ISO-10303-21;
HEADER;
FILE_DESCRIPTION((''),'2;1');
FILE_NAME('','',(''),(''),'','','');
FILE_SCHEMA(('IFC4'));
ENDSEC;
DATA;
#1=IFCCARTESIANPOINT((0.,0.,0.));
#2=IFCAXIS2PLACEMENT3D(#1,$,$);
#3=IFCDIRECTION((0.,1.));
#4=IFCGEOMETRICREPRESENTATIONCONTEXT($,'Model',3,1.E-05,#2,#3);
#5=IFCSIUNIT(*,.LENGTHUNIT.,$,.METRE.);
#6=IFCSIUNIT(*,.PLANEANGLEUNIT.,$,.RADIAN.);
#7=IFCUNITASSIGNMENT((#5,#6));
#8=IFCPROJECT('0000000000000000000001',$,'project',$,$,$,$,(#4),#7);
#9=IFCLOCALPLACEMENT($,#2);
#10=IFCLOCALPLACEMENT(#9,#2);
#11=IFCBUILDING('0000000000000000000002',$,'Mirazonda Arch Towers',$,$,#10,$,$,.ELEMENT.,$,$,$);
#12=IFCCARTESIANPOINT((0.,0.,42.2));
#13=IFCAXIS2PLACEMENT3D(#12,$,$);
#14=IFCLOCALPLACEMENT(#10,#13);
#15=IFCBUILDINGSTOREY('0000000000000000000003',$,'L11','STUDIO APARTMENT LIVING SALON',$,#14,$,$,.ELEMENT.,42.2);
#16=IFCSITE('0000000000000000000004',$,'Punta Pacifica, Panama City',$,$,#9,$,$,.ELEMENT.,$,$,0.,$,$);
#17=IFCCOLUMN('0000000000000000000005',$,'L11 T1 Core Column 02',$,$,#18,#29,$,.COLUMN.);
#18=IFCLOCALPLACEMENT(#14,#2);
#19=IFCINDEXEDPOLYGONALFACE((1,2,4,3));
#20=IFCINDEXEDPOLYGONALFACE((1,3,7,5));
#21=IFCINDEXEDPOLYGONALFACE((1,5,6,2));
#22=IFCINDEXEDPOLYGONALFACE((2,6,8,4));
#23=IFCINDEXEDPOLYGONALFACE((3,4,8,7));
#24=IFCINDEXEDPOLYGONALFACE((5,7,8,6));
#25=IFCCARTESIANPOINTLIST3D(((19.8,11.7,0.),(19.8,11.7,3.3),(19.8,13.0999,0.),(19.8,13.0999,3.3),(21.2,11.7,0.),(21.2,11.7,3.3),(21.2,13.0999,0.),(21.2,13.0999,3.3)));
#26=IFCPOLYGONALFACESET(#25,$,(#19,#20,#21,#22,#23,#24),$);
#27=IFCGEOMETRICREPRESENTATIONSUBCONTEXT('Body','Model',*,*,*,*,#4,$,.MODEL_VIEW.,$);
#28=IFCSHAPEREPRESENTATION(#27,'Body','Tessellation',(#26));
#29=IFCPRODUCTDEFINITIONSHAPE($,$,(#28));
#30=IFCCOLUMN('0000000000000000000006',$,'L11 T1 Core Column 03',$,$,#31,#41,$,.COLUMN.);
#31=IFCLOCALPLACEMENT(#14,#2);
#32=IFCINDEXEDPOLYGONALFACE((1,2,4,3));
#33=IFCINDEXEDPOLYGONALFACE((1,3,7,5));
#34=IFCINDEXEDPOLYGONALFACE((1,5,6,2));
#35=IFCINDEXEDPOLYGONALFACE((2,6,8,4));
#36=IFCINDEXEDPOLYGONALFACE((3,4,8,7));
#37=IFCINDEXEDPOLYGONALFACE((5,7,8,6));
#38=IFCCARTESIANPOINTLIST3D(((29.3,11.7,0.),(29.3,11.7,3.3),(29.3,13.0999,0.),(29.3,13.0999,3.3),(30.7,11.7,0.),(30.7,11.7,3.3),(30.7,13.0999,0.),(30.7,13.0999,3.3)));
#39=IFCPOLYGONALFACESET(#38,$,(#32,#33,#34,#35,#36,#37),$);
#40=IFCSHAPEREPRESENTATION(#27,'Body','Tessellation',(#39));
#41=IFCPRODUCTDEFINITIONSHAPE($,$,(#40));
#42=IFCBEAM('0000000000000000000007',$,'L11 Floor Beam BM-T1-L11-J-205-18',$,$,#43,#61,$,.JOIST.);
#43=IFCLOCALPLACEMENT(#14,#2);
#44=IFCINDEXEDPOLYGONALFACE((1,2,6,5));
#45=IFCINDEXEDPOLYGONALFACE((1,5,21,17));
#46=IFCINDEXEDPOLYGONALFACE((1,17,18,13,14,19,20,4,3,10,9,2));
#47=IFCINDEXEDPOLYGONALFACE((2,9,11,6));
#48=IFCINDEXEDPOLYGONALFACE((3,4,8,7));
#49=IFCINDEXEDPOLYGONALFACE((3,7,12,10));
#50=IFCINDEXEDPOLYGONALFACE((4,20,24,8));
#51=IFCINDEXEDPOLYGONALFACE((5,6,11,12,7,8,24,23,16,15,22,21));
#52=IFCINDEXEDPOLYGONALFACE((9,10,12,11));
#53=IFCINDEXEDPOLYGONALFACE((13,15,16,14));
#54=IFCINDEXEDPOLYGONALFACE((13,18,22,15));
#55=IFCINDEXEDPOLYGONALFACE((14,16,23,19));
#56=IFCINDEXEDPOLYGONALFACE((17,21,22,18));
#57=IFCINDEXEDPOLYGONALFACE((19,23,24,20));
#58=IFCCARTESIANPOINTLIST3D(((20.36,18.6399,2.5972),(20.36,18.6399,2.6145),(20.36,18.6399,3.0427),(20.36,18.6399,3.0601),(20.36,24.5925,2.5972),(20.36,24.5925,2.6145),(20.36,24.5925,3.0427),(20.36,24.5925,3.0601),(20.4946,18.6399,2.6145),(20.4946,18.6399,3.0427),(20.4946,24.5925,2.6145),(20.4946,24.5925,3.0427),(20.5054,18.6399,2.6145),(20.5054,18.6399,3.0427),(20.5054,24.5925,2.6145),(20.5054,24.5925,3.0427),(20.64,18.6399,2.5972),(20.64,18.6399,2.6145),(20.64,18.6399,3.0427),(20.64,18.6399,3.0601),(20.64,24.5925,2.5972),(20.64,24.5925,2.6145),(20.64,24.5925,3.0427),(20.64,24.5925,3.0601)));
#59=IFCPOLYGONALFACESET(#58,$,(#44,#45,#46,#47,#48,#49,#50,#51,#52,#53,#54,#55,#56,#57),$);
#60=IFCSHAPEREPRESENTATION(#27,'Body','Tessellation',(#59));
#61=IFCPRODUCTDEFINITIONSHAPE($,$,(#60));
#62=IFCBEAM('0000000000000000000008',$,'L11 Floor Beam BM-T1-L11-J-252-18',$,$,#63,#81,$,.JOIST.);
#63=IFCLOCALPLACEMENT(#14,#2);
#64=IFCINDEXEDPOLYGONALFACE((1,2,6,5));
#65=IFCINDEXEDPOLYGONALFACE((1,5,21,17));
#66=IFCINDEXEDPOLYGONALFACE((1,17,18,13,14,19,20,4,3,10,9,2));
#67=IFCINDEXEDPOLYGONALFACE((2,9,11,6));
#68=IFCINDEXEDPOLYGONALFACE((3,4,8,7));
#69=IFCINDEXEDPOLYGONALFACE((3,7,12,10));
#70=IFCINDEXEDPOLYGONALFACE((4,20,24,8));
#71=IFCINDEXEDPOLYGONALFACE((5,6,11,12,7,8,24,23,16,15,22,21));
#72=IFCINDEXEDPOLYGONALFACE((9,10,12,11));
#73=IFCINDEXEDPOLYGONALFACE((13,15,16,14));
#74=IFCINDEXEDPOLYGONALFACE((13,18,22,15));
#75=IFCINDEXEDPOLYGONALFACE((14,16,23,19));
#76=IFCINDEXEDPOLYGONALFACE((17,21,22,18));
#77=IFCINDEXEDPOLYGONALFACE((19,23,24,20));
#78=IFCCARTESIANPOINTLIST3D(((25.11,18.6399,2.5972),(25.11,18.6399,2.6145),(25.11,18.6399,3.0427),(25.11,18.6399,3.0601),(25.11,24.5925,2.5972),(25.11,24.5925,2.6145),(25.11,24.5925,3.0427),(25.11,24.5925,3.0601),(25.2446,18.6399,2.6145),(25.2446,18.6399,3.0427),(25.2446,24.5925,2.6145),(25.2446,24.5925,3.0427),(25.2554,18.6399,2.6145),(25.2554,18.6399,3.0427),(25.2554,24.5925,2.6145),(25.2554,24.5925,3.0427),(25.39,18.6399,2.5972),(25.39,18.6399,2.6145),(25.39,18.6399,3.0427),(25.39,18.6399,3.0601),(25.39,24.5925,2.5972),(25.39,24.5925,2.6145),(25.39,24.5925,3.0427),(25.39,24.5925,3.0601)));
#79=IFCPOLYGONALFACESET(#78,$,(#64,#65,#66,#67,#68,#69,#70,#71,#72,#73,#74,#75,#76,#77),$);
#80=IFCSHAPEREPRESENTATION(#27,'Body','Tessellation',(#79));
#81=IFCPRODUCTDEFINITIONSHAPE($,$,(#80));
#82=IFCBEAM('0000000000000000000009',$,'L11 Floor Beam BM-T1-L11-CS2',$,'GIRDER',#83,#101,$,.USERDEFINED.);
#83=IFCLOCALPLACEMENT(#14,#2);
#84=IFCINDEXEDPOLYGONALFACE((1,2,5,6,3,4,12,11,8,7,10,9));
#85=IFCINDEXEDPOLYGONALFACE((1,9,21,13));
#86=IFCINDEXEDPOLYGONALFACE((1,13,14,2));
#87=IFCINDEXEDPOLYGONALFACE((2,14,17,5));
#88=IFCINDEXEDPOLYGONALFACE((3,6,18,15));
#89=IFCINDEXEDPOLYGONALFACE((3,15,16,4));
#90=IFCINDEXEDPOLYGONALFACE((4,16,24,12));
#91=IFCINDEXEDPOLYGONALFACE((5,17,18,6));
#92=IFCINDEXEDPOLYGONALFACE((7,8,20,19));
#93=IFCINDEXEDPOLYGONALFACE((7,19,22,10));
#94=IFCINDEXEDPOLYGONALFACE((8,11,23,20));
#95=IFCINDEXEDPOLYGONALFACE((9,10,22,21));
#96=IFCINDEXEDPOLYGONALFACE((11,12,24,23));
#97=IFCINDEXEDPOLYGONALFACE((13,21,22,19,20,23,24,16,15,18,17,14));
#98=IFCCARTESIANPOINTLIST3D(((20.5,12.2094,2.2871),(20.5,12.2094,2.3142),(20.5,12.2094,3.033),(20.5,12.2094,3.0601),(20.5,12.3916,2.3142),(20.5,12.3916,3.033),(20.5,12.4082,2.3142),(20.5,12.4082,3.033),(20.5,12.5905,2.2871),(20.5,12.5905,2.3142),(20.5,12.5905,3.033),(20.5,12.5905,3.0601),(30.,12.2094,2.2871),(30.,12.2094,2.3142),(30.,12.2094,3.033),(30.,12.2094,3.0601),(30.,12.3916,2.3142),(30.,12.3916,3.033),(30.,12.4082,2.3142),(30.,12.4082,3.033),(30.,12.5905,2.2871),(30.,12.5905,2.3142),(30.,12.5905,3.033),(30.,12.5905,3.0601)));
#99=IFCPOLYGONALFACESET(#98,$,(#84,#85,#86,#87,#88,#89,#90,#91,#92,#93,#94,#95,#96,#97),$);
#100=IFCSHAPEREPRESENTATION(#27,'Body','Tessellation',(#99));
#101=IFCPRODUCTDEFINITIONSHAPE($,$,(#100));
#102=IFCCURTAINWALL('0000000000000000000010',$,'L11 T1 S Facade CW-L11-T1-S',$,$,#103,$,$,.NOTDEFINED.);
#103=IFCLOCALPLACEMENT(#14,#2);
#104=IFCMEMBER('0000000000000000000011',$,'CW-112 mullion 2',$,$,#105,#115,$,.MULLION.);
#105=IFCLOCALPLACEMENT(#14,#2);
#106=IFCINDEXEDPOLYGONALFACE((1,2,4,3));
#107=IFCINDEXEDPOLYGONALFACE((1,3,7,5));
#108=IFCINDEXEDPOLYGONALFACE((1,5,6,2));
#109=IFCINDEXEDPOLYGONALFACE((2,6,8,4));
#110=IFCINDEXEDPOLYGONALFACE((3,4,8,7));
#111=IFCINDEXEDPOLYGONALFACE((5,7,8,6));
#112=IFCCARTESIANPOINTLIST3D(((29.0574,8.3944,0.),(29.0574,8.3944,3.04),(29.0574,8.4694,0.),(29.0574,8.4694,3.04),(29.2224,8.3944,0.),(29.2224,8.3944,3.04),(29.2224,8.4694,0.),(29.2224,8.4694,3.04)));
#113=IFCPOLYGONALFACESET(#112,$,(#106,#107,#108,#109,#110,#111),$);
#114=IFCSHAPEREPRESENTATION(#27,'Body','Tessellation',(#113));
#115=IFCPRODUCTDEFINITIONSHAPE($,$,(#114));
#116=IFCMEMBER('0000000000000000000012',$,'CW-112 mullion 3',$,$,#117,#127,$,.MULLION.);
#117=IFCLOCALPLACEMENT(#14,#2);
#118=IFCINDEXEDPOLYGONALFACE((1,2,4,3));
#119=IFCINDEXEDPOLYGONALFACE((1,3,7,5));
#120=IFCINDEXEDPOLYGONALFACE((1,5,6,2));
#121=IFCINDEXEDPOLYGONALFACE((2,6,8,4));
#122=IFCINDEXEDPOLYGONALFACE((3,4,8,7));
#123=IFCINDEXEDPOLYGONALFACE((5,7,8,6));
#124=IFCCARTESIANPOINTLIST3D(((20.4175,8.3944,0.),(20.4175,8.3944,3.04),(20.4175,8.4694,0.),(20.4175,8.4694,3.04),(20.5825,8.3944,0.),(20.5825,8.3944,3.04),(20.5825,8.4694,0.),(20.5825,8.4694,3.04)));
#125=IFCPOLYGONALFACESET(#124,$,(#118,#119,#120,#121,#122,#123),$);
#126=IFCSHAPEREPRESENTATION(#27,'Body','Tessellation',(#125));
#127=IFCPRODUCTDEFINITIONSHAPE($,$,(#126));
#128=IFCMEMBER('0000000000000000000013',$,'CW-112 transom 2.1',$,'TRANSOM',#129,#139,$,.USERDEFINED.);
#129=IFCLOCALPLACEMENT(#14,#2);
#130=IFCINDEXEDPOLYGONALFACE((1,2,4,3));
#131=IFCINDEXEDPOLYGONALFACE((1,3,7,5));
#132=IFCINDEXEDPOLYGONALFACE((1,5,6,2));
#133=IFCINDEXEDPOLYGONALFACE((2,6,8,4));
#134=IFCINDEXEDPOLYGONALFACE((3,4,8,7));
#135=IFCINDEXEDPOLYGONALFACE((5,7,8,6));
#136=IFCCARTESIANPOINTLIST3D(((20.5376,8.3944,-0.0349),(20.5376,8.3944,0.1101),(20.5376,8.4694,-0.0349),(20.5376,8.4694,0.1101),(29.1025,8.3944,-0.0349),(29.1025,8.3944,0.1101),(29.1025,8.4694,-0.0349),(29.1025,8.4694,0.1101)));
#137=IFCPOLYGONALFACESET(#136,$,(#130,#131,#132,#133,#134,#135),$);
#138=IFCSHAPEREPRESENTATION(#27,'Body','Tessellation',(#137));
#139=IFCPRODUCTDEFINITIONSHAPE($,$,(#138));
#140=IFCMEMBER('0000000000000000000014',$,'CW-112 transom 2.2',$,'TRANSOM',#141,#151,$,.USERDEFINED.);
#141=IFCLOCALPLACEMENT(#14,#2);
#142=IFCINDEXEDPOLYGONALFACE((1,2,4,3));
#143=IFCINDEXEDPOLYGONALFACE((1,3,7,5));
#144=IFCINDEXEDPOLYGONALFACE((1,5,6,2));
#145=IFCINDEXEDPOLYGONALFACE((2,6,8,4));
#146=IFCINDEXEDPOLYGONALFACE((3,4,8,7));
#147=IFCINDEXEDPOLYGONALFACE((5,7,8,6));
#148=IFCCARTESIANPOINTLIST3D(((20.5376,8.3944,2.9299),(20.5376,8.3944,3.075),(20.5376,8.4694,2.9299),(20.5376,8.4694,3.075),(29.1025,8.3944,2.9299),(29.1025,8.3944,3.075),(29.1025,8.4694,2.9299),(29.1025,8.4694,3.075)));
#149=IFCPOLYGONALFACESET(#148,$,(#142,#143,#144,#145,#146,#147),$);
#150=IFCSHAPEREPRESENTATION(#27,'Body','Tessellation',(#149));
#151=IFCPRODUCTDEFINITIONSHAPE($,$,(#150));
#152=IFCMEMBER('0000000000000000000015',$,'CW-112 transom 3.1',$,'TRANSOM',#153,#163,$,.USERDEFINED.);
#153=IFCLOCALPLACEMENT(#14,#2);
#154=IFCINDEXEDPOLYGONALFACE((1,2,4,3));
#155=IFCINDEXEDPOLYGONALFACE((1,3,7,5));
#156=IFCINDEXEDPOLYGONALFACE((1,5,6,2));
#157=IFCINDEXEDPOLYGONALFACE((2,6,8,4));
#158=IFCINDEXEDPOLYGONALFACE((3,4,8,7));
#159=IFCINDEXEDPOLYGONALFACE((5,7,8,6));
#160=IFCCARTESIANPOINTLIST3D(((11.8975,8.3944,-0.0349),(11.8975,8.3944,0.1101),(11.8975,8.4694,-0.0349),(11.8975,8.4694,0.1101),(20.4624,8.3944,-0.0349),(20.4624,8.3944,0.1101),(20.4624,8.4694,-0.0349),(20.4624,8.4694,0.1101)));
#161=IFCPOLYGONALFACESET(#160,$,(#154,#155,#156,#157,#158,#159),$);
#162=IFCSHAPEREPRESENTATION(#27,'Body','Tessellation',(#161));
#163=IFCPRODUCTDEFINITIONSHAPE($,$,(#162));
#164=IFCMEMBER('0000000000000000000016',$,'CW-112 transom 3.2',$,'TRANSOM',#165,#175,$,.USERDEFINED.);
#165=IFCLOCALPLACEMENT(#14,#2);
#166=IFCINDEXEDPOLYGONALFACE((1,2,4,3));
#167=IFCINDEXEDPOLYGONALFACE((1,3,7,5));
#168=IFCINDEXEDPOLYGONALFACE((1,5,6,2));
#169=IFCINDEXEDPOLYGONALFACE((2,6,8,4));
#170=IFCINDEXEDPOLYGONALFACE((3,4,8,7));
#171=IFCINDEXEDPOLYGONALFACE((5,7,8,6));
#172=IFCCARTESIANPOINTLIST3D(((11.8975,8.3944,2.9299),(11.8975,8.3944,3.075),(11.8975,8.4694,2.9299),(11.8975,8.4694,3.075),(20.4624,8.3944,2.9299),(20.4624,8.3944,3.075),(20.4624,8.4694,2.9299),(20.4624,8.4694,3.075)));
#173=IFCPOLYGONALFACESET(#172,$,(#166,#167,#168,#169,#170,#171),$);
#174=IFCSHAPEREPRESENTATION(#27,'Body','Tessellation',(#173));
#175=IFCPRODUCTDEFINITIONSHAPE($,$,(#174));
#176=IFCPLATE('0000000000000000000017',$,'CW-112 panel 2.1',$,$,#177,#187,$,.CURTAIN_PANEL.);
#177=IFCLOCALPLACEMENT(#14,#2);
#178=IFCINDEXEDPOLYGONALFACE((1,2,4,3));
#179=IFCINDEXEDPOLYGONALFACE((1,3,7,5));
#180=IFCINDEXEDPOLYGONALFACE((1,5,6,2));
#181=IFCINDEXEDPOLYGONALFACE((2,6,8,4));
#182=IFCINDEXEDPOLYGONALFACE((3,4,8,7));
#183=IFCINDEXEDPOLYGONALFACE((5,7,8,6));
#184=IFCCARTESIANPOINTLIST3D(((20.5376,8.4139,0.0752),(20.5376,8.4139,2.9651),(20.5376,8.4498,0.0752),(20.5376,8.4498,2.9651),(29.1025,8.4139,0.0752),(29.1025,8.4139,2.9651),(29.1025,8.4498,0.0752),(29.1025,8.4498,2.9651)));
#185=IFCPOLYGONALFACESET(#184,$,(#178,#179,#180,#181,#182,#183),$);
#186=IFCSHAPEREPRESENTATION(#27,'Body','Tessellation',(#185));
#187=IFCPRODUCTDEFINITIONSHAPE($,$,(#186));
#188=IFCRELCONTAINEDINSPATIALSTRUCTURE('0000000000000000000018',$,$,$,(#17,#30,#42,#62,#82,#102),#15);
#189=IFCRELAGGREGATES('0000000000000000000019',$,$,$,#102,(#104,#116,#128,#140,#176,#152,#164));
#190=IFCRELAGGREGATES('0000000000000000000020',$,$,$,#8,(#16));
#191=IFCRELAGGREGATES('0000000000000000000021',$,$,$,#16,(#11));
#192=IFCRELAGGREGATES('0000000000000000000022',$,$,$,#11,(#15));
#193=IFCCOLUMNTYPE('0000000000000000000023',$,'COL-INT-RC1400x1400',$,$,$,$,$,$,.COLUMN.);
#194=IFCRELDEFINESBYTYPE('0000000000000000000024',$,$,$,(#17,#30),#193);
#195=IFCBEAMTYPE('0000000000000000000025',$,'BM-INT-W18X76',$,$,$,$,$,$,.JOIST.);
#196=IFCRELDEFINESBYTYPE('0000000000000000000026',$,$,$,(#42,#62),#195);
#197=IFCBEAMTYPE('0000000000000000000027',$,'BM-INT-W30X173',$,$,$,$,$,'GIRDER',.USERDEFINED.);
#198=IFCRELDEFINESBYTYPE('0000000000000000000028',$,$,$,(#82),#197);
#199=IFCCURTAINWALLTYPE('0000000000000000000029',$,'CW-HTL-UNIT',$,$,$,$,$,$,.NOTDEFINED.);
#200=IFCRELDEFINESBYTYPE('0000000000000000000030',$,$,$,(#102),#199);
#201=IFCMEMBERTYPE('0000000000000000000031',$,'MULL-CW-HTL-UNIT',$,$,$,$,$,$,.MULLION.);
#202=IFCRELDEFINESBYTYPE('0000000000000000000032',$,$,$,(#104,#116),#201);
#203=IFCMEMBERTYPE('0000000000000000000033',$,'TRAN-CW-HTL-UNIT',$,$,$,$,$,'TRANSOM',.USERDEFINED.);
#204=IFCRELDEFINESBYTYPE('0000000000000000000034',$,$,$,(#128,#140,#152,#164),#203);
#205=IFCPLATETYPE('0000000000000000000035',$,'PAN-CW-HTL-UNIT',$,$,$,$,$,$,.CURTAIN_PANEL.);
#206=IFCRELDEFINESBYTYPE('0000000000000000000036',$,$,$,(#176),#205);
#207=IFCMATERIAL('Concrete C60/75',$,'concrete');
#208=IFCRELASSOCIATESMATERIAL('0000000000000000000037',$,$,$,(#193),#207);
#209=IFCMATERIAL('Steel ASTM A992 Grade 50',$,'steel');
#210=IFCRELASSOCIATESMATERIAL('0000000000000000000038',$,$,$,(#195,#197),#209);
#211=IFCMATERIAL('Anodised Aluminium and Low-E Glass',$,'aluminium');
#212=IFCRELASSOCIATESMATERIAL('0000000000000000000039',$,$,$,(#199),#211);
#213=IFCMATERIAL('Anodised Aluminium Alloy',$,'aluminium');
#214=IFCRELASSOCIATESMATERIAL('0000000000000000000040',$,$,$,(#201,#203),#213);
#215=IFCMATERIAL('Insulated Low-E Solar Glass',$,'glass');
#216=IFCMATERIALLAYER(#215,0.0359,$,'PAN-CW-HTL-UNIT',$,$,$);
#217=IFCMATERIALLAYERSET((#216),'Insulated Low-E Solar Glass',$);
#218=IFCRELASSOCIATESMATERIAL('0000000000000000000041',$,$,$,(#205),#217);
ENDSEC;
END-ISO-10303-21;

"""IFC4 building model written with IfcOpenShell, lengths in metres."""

from ifc_helpers import new_model, si_unit, direction, frame, origin, origin_2d, place, context, subcontext, project, spatial, rectangle, i_section, extrude, material, layer, layer_set, material_profile, profile_set, type_object, element, aggregate, save


model = new_model("IFC4")

# Units and contexts
model_context = context("Model", 3, precision=1e-05, world=origin(), true_north=direction((0.0, 1.0)))
body_context = subcontext(model_context, "Body", "Model", "MODEL_VIEW")
ifc_project = project(units=[si_unit("LENGTHUNIT", "METRE"), si_unit("PLANEANGLEUNIT", "RADIAN")], contexts=[model_context])

# Site, building, storey
site_placement = place(None, origin())
site = spatial("IfcSite", under=ifc_project, at=site_placement, Name="Punta Pacifica, Panama City", CompositionType="ELEMENT", RefElevation=0.0)
building_placement = place(site_placement, origin())
building = spatial("IfcBuilding", under=site, at=building_placement, Name="Mirazonda Arch Towers", CompositionType="ELEMENT")
storey_placement = place(building_placement, frame((0.0, 0.0, 42.2)))
storey = spatial("IfcBuildingStorey", under=building, at=storey_placement, Name="L11", Description="STUDIO APARTMENT LIVING SALON", CompositionType="ELEMENT", Elevation=42.2)

# Columns
ifc_material_1 = material(Name="Concrete C60/75", Category="concrete")
ifc_material_profile_1 = material_profile(ifc_material_1, rectangle(XDim=1.3999, YDim=1.3999, at=origin_2d()), Name="RC1400x1400")
ifc_profile_set_1 = profile_set([ifc_material_profile_1], Name="Concrete C60/75")
column_type = type_object("IfcColumnType", Name="COL-INT-RC1400x1400", PredefinedType="COLUMN", material=ifc_profile_set_1)
for number, where, z_axis, x_axis, name in (
    (1, (20.5, 12.3999, 0.0), (0.0, 0.0, 1.0), (1.0, 0.0, 0.0), "L11 T1 Core Column 02"),
    (2, (30.0, 12.3999, 0.0), (0.0, 0.0, 1.0), (1.0, 0.0, 0.0), "L11 T1 Core Column 03"),
):
    element("IfcColumn", number, at=place(storey_placement, frame(where, z_axis=z_axis, x_axis=x_axis)), inside=storey, type_object=column_type, Name=name, PredefinedType="COLUMN", context=body_context, shape_type="SweptSolid", body=[
        extrude(rectangle(XDim=1.3999, YDim=1.3999, at=origin_2d()), origin(), (0.0, 0.0, 1.0), 3.3),
    ])

# Beams
ifc_material_2 = material(Name="Steel ASTM A992 Grade 50", Category="steel")
ifc_material_profile_2 = material_profile(ifc_material_2, i_section(OverallWidth=0.28, OverallDepth=0.4629, WebThickness=0.0107, FlangeThickness=0.0173, at=origin_2d()), Name="W18X76")
ifc_profile_set_2 = profile_set([ifc_material_profile_2], Name="Steel ASTM A992 Grade 50")
beam_type_1 = type_object("IfcBeamType", Name="BM-INT-W18X76", PredefinedType="JOIST", material=ifc_profile_set_2)
for number, where, z_axis, x_axis, name in (
    (3, (20.5, 18.6399, 2.8286), (0.0, 1.0, 0.0), (-1.0, 0.0, 0.0), "L11 Floor Beam BM-T1-L11-J-205-18"),
    (4, (25.25, 18.6399, 2.8286), (0.0, 1.0, 0.0), (-1.0, 0.0, 0.0), "L11 Floor Beam BM-T1-L11-J-252-18"),
):
    element("IfcBeam", number, at=place(storey_placement, frame(where, z_axis=z_axis, x_axis=x_axis)), inside=storey, type_object=beam_type_1, Name=name, PredefinedType="JOIST", context=body_context, shape_type="SweptSolid", body=[
        extrude(i_section(OverallWidth=0.28, OverallDepth=0.4629, WebThickness=0.0107, FlangeThickness=0.0173, at=origin_2d()), origin(), (0.0, 0.0, 1.0), 5.9526),
    ])
ifc_material_profile_3 = material_profile(ifc_material_2, i_section(OverallWidth=0.3811, OverallDepth=0.7729, WebThickness=0.0166, FlangeThickness=0.0271, at=origin_2d()), Name="W30X173")
ifc_profile_set_3 = profile_set([ifc_material_profile_3], Name="Steel ASTM A992 Grade 50")
beam_type_2 = type_object("IfcBeamType", Name="BM-INT-W30X173", ElementType="GIRDER", PredefinedType="USERDEFINED", material=ifc_profile_set_3)
beam_placement = place(storey_placement, frame((20.5, 12.3999, 2.6736), z_axis=(1.0, 0.0, 0.0), x_axis=(0.0, 1.0, 0.0)))
element("IfcBeam", 5, at=beam_placement, inside=storey, type_object=beam_type_2, Name="L11 Floor Beam BM-T1-L11-CS2", ObjectType="GIRDER", PredefinedType="USERDEFINED", context=body_context, shape_type="SweptSolid", body=[
    extrude(i_section(OverallWidth=0.3811, OverallDepth=0.7729, WebThickness=0.0166, FlangeThickness=0.0271, at=origin_2d()), origin(), (0.0, 0.0, 1.0), 9.5),
])

# Curtain wall, members, plate
ifc_material_3 = material(Name="Anodised Aluminium and Low-E Glass", Category="aluminium")
curtain_wall_type = type_object("IfcCurtainWallType", Name="CW-HTL-UNIT", PredefinedType="NOTDEFINED", material=ifc_material_3)
curtain_wall_placement = place(storey_placement, origin())
curtain_wall = element("IfcCurtainWall", 6, at=curtain_wall_placement, inside=storey, type_object=curtain_wall_type, Name="L11 T1 S Facade CW-L11-T1-S", PredefinedType="NOTDEFINED")
ifc_material_4 = material(Name="Anodised Aluminium Alloy", Category="aluminium")
ifc_material_profile_4 = material_profile(ifc_material_4, rectangle(XDim=0.075, YDim=0.165, at=origin_2d()), Name="ALU-MULL-75x165")
ifc_profile_set_4 = profile_set([ifc_material_profile_4], Name="Anodised Aluminium Alloy")
member_type_1 = type_object("IfcMemberType", Name="MULL-CW-HTL-UNIT", PredefinedType="MULLION", material=ifc_profile_set_4)
member_1_placement = place(storey_placement, frame((29.1399, 8.4319, 0.0), z_axis=(0.0, 0.0, 1.0), x_axis=(0.0, -1.0, 0.0)))
member_1 = element("IfcMember", 7, at=member_1_placement, type_object=member_type_1, Name="CW-112 mullion 2", PredefinedType="MULLION", context=body_context, shape_type="SweptSolid", body=[
    extrude(rectangle(XDim=0.075, YDim=0.165, at=origin_2d()), origin(), (0.0, 0.0, 1.0), 3.04),
])
member_2_placement = place(storey_placement, frame((20.5, 8.4319, 0.0), z_axis=(0.0, 0.0, 1.0), x_axis=(0.0, -1.0, 0.0)))
member_2 = element("IfcMember", 8, at=member_2_placement, type_object=member_type_1, Name="CW-112 mullion 3", PredefinedType="MULLION", context=body_context, shape_type="SweptSolid", body=[
    extrude(rectangle(XDim=0.075, YDim=0.165, at=origin_2d()), origin(), (0.0, 0.0, 1.0), 3.04),
])
ifc_material_profile_5 = material_profile(ifc_material_4, rectangle(XDim=0.075, YDim=0.145, at=origin_2d()), Name="ALU-TRAN-75x145")
ifc_profile_set_5 = profile_set([ifc_material_profile_5], Name="Anodised Aluminium Alloy")
member_type_2 = type_object("IfcMemberType", Name="TRAN-CW-HTL-UNIT", ElementType="TRANSOM", PredefinedType="USERDEFINED", material=ifc_profile_set_5)
member_3_placement = place(storey_placement, frame((29.1025, 8.4319, 0.0376), z_axis=(-1.0, 0.0, 0.0), x_axis=(0.0, -1.0, 0.0)))
member_3 = element("IfcMember", 9, at=member_3_placement, type_object=member_type_2, Name="CW-112 transom 2.1", ObjectType="TRANSOM", PredefinedType="USERDEFINED", context=body_context, shape_type="SweptSolid", body=[
    extrude(rectangle(XDim=0.075, YDim=0.145, at=origin_2d()), origin(), (0.0, 0.0, 1.0), 8.5649),
])
member_4_placement = place(storey_placement, frame((29.1025, 8.4319, 3.0024), z_axis=(-1.0, 0.0, 0.0), x_axis=(0.0, -1.0, 0.0)))
member_4 = element("IfcMember", 10, at=member_4_placement, type_object=member_type_2, Name="CW-112 transom 2.2", ObjectType="TRANSOM", PredefinedType="USERDEFINED", context=body_context, shape_type="SweptSolid", body=[
    extrude(rectangle(XDim=0.075, YDim=0.145, at=origin_2d()), origin(), (0.0, 0.0, 1.0), 8.5649),
])
member_5_placement = place(storey_placement, frame((20.4624, 8.4319, 0.0376), z_axis=(-1.0, 0.0, 0.0), x_axis=(0.0, -1.0, 0.0)))
member_5 = element("IfcMember", 11, at=member_5_placement, type_object=member_type_2, Name="CW-112 transom 3.1", ObjectType="TRANSOM", PredefinedType="USERDEFINED", context=body_context, shape_type="SweptSolid", body=[
    extrude(rectangle(XDim=0.075, YDim=0.145, at=origin_2d()), origin(), (0.0, 0.0, 1.0), 8.5649),
])
member_6_placement = place(storey_placement, frame((20.4624, 8.4319, 3.0024), z_axis=(-1.0, 0.0, 0.0), x_axis=(0.0, -1.0, 0.0)))
member_6 = element("IfcMember", 12, at=member_6_placement, type_object=member_type_2, Name="CW-112 transom 3.2", ObjectType="TRANSOM", PredefinedType="USERDEFINED", context=body_context, shape_type="SweptSolid", body=[
    extrude(rectangle(XDim=0.075, YDim=0.145, at=origin_2d()), origin(), (0.0, 0.0, 1.0), 8.5649),
])
ifc_material_5 = material(Name="Insulated Low-E Solar Glass", Category="glass")
ifc_layer_1 = layer(ifc_material_5, 0.0359, Name="PAN-CW-HTL-UNIT")
ifc_layer_set_1 = layer_set([ifc_layer_1], Name="Insulated Low-E Solar Glass")
plate_type = type_object("IfcPlateType", Name="PAN-CW-HTL-UNIT", PredefinedType="CURTAIN_PANEL", material=ifc_layer_set_1)
plate_1_placement = place(storey_placement, frame((24.8201, 8.4319, 0.0752), z_axis=(0.0, 0.0, 1.0), x_axis=(-1.0, 0.0, 0.0)))
plate_1 = element("IfcPlate", 13, at=plate_1_placement, type_object=plate_type, Name="CW-112 panel 2.1", PredefinedType="CURTAIN_PANEL", context=body_context, shape_type="SweptSolid", body=[
    extrude(rectangle(XDim=8.5649, YDim=0.0359, at=origin_2d()), origin(), (0.0, 0.0, 1.0), 2.8899),
])
aggregate(curtain_wall, [member_1, member_2, member_3, member_4, plate_1, member_5, member_6])

save(model, "model.ifc")
